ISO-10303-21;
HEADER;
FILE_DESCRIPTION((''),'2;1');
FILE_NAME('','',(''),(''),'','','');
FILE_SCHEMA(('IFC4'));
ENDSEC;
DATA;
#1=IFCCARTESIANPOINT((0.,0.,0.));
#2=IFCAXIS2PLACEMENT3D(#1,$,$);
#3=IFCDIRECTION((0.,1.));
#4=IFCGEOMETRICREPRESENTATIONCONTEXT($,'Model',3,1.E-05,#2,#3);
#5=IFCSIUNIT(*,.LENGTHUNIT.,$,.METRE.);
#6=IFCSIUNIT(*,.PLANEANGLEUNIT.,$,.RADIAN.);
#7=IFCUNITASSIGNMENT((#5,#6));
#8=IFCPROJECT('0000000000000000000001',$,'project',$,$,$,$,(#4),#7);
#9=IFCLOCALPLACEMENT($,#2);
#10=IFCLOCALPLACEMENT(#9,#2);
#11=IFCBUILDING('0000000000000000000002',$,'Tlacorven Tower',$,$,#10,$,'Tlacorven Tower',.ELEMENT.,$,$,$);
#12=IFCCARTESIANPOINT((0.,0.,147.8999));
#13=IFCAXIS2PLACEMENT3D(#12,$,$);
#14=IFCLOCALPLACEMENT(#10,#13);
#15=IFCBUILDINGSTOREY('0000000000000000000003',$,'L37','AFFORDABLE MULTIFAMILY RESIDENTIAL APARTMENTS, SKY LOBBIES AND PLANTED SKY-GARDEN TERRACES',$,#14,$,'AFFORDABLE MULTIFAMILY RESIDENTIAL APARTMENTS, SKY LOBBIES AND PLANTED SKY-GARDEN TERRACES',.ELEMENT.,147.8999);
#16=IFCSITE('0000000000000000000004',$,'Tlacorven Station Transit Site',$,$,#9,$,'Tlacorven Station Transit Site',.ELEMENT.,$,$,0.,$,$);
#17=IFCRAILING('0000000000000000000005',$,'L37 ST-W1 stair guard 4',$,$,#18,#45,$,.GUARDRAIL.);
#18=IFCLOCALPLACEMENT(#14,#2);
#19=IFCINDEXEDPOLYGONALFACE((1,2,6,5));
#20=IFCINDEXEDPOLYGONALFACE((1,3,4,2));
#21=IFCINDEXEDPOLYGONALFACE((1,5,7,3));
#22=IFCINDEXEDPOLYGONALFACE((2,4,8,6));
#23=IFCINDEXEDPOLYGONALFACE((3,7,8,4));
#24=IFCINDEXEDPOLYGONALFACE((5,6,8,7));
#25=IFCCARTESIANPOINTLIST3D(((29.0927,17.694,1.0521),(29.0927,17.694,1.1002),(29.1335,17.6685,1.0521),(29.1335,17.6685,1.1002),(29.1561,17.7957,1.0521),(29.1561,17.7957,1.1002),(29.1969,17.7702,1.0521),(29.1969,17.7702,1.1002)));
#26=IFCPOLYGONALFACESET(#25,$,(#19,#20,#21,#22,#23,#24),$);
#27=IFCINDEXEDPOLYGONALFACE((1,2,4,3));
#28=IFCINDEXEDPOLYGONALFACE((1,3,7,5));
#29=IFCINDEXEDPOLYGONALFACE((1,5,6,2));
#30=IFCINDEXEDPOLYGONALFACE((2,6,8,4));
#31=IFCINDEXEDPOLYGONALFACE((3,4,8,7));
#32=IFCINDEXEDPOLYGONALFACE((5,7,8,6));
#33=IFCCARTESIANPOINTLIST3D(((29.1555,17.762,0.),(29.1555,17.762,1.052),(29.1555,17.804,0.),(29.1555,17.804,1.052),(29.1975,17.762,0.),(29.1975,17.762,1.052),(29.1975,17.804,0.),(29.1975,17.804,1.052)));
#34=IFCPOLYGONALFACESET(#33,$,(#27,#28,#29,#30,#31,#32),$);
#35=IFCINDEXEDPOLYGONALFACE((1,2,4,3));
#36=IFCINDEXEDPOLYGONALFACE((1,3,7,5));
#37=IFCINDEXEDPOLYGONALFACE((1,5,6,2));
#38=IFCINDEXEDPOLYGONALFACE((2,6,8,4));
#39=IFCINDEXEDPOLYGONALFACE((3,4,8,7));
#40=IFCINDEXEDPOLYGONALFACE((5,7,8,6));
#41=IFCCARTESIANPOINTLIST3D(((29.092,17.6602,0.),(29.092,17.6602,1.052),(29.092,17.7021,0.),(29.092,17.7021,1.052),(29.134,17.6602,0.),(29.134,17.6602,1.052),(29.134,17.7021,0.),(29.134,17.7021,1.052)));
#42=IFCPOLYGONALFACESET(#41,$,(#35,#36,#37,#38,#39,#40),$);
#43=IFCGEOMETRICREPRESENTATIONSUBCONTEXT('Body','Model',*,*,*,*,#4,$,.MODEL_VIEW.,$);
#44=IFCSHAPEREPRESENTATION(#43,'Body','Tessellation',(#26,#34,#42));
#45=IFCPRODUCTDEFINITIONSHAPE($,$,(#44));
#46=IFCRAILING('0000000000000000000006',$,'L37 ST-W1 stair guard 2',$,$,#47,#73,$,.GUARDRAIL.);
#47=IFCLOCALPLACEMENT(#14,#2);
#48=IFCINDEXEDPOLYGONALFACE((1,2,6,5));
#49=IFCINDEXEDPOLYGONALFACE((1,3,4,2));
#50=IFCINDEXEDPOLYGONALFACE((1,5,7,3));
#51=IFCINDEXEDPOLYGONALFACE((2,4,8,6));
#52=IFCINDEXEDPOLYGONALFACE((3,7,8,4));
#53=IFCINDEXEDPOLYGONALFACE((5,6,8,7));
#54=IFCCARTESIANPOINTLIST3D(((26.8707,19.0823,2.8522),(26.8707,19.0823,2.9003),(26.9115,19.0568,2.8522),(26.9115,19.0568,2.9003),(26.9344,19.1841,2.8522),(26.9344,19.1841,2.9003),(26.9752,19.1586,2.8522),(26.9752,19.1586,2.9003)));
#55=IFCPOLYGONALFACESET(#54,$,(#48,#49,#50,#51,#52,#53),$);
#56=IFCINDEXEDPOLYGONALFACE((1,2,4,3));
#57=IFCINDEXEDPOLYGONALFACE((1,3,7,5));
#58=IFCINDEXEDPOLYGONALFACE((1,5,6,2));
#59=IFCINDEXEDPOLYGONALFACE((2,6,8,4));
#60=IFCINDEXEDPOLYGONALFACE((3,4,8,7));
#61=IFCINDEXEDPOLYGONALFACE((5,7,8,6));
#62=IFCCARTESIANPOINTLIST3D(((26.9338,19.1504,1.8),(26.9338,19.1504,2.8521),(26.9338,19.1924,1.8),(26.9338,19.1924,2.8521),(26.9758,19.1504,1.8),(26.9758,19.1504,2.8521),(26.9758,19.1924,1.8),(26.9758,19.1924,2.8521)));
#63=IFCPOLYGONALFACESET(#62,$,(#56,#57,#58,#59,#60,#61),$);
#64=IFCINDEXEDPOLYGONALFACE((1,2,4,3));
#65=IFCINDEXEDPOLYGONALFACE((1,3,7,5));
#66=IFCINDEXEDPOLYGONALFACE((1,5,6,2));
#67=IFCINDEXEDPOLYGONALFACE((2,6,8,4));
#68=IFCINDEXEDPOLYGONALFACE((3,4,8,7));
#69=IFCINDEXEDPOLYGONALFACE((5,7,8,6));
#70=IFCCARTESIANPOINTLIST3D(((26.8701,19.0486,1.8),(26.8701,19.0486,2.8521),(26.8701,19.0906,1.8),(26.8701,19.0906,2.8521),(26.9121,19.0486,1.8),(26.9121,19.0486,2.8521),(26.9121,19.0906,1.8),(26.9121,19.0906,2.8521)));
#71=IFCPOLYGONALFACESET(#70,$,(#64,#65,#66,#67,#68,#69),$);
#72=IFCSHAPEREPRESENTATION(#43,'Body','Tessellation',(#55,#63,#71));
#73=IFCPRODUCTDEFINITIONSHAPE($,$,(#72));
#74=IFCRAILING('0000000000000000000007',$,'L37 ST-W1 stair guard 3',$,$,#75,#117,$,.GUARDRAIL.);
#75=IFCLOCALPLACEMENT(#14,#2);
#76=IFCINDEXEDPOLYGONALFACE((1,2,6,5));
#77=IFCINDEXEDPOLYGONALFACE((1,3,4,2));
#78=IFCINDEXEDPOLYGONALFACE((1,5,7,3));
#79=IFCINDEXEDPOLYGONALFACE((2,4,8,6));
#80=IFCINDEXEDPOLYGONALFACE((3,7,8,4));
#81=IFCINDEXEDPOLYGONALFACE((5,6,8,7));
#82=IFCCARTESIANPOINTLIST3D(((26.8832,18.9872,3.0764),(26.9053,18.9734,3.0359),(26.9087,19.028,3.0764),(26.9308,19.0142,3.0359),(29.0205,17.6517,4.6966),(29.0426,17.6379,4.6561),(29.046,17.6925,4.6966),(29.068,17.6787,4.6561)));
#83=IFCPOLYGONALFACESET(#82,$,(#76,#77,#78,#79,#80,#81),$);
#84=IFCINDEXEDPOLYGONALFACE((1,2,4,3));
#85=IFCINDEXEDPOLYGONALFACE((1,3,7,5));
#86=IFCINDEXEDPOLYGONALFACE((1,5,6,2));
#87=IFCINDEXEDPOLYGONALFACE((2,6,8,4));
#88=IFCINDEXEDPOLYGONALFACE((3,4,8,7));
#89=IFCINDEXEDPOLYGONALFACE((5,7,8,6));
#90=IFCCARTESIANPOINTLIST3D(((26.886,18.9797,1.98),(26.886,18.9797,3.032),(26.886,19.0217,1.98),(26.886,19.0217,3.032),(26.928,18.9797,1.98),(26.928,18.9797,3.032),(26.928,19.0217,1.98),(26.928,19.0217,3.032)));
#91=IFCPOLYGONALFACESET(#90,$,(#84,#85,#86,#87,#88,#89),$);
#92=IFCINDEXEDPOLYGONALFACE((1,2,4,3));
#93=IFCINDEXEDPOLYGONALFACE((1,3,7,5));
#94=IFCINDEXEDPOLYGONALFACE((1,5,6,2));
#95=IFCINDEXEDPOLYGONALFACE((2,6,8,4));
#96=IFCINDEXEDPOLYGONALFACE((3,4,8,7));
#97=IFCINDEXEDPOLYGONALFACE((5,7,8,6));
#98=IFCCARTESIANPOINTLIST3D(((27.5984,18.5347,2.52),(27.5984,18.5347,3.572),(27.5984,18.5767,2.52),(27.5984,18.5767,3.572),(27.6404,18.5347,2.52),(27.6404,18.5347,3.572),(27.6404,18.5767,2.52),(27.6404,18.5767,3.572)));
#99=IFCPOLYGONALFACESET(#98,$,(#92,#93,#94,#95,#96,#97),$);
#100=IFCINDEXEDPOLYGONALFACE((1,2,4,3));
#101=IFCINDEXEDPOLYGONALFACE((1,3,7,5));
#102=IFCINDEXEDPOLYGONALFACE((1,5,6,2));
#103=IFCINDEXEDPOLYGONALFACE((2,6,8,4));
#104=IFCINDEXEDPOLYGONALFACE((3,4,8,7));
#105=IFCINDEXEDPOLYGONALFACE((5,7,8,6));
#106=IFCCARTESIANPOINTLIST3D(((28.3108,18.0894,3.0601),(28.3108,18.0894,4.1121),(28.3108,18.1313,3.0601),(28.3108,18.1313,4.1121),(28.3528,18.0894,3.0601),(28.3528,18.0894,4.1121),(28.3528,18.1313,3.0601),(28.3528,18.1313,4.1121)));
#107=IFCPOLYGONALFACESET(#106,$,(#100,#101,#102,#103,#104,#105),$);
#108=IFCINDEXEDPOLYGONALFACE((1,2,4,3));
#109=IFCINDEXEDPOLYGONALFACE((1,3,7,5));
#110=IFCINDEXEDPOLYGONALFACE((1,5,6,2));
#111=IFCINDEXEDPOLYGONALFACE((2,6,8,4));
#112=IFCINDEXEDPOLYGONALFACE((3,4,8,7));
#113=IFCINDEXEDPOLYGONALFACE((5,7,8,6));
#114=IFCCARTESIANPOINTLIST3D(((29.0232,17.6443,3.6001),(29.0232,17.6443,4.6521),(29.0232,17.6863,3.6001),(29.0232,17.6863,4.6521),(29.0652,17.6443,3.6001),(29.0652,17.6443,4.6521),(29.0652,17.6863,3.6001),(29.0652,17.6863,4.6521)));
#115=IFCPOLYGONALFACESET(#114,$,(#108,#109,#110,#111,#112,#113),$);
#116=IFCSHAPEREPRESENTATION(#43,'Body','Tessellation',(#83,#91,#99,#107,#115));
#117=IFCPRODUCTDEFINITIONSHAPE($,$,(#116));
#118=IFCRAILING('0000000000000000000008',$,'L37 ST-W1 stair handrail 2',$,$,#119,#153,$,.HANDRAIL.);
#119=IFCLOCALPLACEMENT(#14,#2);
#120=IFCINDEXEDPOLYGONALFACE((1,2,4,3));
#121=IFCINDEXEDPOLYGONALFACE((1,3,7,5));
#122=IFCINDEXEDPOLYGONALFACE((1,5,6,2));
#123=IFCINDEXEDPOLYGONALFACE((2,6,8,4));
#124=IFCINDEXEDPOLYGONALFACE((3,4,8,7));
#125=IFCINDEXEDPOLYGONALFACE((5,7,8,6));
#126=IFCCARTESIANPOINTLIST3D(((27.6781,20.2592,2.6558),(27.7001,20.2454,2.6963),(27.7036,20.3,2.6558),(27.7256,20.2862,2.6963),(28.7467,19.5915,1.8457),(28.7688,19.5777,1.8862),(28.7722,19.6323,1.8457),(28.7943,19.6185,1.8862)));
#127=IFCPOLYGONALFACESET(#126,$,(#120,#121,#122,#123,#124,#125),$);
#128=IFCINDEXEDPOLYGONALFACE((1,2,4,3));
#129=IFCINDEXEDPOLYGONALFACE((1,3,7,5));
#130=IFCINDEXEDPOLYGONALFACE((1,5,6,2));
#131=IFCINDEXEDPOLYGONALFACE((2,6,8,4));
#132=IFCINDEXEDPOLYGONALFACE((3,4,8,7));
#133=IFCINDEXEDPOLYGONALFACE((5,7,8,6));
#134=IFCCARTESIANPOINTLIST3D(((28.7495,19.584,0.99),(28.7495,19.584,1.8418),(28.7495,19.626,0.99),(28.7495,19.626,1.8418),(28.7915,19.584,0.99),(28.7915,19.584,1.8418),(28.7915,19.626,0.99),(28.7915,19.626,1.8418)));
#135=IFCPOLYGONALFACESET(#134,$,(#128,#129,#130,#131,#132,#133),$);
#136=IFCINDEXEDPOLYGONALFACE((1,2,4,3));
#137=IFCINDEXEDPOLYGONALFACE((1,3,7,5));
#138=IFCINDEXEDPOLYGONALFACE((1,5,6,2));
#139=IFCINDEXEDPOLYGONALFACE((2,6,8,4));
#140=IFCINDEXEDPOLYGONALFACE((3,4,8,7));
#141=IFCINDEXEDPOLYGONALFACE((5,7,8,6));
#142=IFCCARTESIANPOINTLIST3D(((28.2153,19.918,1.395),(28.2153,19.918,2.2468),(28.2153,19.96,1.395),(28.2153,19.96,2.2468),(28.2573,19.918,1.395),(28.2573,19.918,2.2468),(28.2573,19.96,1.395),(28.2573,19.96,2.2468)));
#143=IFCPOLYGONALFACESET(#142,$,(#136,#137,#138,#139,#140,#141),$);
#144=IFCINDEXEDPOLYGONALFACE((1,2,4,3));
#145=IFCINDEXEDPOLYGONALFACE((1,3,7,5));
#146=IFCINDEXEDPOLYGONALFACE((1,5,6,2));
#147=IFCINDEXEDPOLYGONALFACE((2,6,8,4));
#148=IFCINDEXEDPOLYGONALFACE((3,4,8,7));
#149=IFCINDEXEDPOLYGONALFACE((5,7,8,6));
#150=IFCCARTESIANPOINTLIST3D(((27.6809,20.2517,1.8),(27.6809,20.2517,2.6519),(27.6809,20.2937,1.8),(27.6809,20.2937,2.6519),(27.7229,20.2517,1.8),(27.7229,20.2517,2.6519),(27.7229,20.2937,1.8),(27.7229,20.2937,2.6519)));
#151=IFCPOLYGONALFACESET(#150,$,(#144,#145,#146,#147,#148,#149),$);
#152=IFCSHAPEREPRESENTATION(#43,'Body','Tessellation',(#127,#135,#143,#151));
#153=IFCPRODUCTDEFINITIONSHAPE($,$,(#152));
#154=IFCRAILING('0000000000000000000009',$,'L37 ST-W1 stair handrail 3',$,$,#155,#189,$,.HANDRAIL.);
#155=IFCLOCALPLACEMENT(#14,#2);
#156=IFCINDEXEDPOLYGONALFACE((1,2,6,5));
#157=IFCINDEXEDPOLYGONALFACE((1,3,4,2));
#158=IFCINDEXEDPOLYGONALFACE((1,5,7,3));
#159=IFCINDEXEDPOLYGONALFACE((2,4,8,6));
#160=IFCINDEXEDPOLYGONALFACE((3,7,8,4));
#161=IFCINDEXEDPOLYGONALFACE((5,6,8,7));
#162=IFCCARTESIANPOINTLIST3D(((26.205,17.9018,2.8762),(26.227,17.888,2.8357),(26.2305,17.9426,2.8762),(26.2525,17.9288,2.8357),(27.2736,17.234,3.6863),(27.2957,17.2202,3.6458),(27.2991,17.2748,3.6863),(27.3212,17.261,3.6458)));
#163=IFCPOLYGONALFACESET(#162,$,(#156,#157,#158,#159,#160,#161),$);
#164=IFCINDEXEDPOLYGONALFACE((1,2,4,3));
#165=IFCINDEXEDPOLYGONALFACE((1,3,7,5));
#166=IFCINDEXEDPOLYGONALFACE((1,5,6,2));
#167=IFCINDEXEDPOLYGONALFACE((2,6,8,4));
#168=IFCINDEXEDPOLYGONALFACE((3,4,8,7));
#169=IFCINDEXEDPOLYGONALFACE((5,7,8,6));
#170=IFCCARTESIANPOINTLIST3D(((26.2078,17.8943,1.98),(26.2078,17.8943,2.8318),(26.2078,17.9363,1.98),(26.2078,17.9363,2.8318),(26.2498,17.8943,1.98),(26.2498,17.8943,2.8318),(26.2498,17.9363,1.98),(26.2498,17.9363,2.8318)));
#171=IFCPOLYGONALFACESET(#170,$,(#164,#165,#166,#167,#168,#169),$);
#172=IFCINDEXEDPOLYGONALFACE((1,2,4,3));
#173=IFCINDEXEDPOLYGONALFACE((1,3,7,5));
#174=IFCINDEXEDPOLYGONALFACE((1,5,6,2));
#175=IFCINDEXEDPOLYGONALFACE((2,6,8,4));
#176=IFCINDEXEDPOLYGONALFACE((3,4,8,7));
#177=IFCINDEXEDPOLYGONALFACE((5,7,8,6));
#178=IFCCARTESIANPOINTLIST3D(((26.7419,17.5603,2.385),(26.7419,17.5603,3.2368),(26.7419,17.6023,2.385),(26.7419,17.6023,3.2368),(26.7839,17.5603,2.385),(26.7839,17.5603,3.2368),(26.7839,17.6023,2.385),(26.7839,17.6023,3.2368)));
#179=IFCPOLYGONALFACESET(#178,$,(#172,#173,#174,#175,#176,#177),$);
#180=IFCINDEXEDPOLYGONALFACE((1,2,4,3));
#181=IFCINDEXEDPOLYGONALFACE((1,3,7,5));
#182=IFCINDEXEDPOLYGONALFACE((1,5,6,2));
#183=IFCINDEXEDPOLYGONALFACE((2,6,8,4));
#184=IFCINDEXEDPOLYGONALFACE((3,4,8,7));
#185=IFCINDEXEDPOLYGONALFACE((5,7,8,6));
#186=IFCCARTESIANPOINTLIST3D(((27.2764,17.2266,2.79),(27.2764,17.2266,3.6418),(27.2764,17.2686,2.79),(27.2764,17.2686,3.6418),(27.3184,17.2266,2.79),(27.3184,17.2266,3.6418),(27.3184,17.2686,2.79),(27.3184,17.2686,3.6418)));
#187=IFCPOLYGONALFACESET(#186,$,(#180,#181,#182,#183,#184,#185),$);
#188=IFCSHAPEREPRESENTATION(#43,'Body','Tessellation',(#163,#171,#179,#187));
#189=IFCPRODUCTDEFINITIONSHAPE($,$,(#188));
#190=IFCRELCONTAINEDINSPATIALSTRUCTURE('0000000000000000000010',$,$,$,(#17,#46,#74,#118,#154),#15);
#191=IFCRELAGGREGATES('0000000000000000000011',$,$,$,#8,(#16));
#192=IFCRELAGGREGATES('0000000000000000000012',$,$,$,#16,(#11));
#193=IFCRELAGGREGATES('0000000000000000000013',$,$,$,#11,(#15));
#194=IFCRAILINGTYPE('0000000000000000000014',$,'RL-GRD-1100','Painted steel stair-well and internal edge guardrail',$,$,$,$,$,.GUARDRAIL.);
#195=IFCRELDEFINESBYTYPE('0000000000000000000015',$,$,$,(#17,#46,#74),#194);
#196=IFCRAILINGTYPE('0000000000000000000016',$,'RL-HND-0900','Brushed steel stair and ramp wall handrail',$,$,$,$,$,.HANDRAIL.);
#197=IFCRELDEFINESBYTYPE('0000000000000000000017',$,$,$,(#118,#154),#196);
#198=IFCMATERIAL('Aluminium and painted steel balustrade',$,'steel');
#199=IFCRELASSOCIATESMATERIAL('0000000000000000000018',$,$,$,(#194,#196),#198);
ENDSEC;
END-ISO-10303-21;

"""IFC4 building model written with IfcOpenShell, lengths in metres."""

from ifc_helpers import new_model, si_unit, direction, frame, origin, origin_2d, place, context, subcontext, project, spatial, rectangle, extrude, source, transform, mapped, material, type_object, element, save


model = new_model("IFC4")

# Units and contexts
model_context = context("Model", 3, precision=1e-05, world=origin(), true_north=direction((0.0, 1.0)))
body_context = subcontext(model_context, "Body", "Model", "MODEL_VIEW")
ifc_project = project(units=[si_unit("LENGTHUNIT", "METRE"), si_unit("PLANEANGLEUNIT", "RADIAN")], contexts=[model_context])

# Site, building, storey
site_placement = place(None, origin())
site = spatial("IfcSite", under=ifc_project, at=site_placement, Name="Tlacorven Station Transit Site", LongName="Tlacorven Station Transit Site", CompositionType="ELEMENT", RefElevation=0.0)
building_placement = place(site_placement, origin())
building = spatial("IfcBuilding", under=site, at=building_placement, Name="Tlacorven Tower", LongName="Tlacorven Tower", CompositionType="ELEMENT")
storey_placement = place(building_placement, frame((0.0, 0.0, 147.8999)))
storey = spatial("IfcBuildingStorey", under=building, at=storey_placement, Name="L37", Description="AFFORDABLE MULTIFAMILY RESIDENTIAL APARTMENTS, SKY LOBBIES AND PLANTED SKY-GARDEN TERRACES", LongName="AFFORDABLE MULTIFAMILY RESIDENTIAL APARTMENTS, SKY LOBBIES AND PLANTED SKY-GARDEN TERRACES", CompositionType="ELEMENT", Elevation=147.8999)

# Railings
ifc_material_1 = material(Name="Aluminium and painted steel balustrade", Category="steel")
railing_type_1 = type_object("IfcRailingType", Name="RL-GRD-1100", Description="Painted steel stair-well and internal edge guardrail", PredefinedType="GUARDRAIL", material=ifc_material_1)
shared_shape_1 = source(origin(), body_context, "Body", "SweptSolid", [
    extrude(rectangle(XDim=0.0481, YDim=0.0481, at=origin_2d()), frame((0.0, 0.0, 1.0762), z_axis=(-0.529084, -0.848569, 0.0), x_axis=(0.848569, -0.529084, 0.0)), (0.0, 0.0, 1.0), 0.1199),
    extrude(rectangle(XDim=0.042, YDim=0.042, at=origin_2d()), origin(), (0.0, 0.0, 1.0), 1.052),
    extrude(rectangle(XDim=0.042, YDim=0.042, at=origin_2d()), frame((-0.0635, -0.1018, 0.0)), (0.0, 0.0, 1.0), 1.052),
])
railing_1_placement = place(storey_placement, frame((29.1765, 17.783, 0.0)))
element("IfcRailing", 1, at=railing_1_placement, inside=storey, type_object=railing_type_1, Name="L37 ST-W1 stair guard 4", PredefinedType="GUARDRAIL", context=body_context, shape_type="MappedRepresentation", body=[
    mapped(shared_shape_1, transform((0.0, 0.0, 0.0), scale=1.0)),
])
shared_shape_2 = source(origin(), body_context, "Body", "SweptSolid", [
    extrude(rectangle(XDim=0.0481, YDim=0.0481, at=origin_2d()), frame((0.0, 0.0, 1.0762), z_axis=(-0.530547, -0.847656, 0.0), x_axis=(0.847656, -0.530547, 0.0)), (0.0, 0.0, 1.0), 0.1201),
    extrude(rectangle(XDim=0.042, YDim=0.042, at=origin_2d()), origin(), (0.0, 0.0, 1.0), 1.052),
    extrude(rectangle(XDim=0.042, YDim=0.042, at=origin_2d()), frame((-0.0637, -0.1018, 0.0)), (0.0, 0.0, 1.0), 1.052),
])
railing_2_placement = place(storey_placement, frame((26.9548, 19.1714, 1.8)))
element("IfcRailing", 2, at=railing_2_placement, inside=storey, type_object=railing_type_1, Name="L37 ST-W1 stair guard 2", PredefinedType="GUARDRAIL", context=body_context, shape_type="MappedRepresentation", body=[
    mapped(shared_shape_2, transform((0.0, 0.0, 0.0), scale=1.0)),
])
shared_shape_3 = source(origin(), body_context, "Body", "SweptSolid", [
    extrude(rectangle(XDim=0.0481, YDim=0.0481, at=origin_2d()), frame((0.0, 0.0, 1.0762), z_axis=(0.71336, -0.445748, 0.540765), x_axis=(0.529912, 0.848053, 0.0)), (0.0, 0.0, 1.0), 2.9961),
    extrude(rectangle(XDim=0.042, YDim=0.042, at=origin_2d()), origin(), (0.0, 0.0, 1.0), 1.052),
    extrude(rectangle(XDim=0.042, YDim=0.042, at=origin_2d()), frame((0.7124, -0.4451, 0.54)), (0.0, 0.0, 1.0), 1.052),
    extrude(rectangle(XDim=0.042, YDim=0.042, at=origin_2d()), frame((1.4248, -0.8904, 1.0801)), (0.0, 0.0, 1.0), 1.052),
    extrude(rectangle(XDim=0.042, YDim=0.042, at=origin_2d()), frame((2.1372, -1.3354, 1.6201)), (0.0, 0.0, 1.0), 1.052),
])
railing_3_placement = place(storey_placement, frame((26.907, 19.0007, 1.98)))
element("IfcRailing", 3, at=railing_3_placement, inside=storey, type_object=railing_type_1, Name="L37 ST-W1 stair guard 3", PredefinedType="GUARDRAIL", context=body_context, shape_type="MappedRepresentation", body=[
    mapped(shared_shape_3, transform((0.0, 0.0, 0.0), scale=1.0)),
])
railing_type_2 = type_object("IfcRailingType", Name="RL-HND-0900", Description="Brushed steel stair and ramp wall handrail", PredefinedType="HANDRAIL", material=ifc_material_1)
shared_shape_4 = source(origin(), body_context, "Body", "SweptSolid", [
    extrude(rectangle(XDim=0.0481, YDim=0.0481, at=origin_2d()), frame((0.0, 0.0, 0.876), z_axis=(-0.71336, 0.445748, 0.540765), x_axis=(-0.529912, -0.848053, 0.0)), (0.0, 0.0, 1.0), 1.498),
    extrude(rectangle(XDim=0.042, YDim=0.042, at=origin_2d()), origin(), (0.0, 0.0, 1.0), 0.8518),
    extrude(rectangle(XDim=0.042, YDim=0.042, at=origin_2d()), frame((-0.5342, 0.334, 0.405)), (0.0, 0.0, 1.0), 0.8518),
    extrude(rectangle(XDim=0.042, YDim=0.042, at=origin_2d()), frame((-1.0686, 0.6677, 0.8101)), (0.0, 0.0, 1.0), 0.8518),
])
railing_4_placement = place(storey_placement, frame((28.7705, 19.605, 0.99)))
element("IfcRailing", 4, at=railing_4_placement, inside=storey, type_object=railing_type_2, Name="L37 ST-W1 stair handrail 2", PredefinedType="HANDRAIL", context=body_context, shape_type="MappedRepresentation", body=[
    mapped(shared_shape_4, transform((0.0, 0.0, 0.0), scale=1.0)),
])
shared_shape_5 = source(origin(), body_context, "Body", "SweptSolid", [
    extrude(rectangle(XDim=0.0481, YDim=0.0481, at=origin_2d()), frame((0.0, 0.0, 0.876), z_axis=(0.71336, -0.445748, 0.540765), x_axis=(0.529912, 0.848053, 0.0)), (0.0, 0.0, 1.0), 1.498),
    extrude(rectangle(XDim=0.042, YDim=0.042, at=origin_2d()), origin(), (0.0, 0.0, 1.0), 0.8518),
    extrude(rectangle(XDim=0.042, YDim=0.042, at=origin_2d()), frame((0.5342, -0.334, 0.405)), (0.0, 0.0, 1.0), 0.8518),
    extrude(rectangle(XDim=0.042, YDim=0.042, at=origin_2d()), frame((1.0686, -0.6677, 0.8101)), (0.0, 0.0, 1.0), 0.8518),
])
railing_5_placement = place(storey_placement, frame((26.2288, 17.9153, 1.98)))
element("IfcRailing", 5, at=railing_5_placement, inside=storey, type_object=railing_type_2, Name="L37 ST-W1 stair handrail 3", PredefinedType="HANDRAIL", context=body_context, shape_type="MappedRepresentation", body=[
    mapped(shared_shape_5, transform((0.0, 0.0, 0.0), scale=1.0)),
])

save(model, "model.ifc")
